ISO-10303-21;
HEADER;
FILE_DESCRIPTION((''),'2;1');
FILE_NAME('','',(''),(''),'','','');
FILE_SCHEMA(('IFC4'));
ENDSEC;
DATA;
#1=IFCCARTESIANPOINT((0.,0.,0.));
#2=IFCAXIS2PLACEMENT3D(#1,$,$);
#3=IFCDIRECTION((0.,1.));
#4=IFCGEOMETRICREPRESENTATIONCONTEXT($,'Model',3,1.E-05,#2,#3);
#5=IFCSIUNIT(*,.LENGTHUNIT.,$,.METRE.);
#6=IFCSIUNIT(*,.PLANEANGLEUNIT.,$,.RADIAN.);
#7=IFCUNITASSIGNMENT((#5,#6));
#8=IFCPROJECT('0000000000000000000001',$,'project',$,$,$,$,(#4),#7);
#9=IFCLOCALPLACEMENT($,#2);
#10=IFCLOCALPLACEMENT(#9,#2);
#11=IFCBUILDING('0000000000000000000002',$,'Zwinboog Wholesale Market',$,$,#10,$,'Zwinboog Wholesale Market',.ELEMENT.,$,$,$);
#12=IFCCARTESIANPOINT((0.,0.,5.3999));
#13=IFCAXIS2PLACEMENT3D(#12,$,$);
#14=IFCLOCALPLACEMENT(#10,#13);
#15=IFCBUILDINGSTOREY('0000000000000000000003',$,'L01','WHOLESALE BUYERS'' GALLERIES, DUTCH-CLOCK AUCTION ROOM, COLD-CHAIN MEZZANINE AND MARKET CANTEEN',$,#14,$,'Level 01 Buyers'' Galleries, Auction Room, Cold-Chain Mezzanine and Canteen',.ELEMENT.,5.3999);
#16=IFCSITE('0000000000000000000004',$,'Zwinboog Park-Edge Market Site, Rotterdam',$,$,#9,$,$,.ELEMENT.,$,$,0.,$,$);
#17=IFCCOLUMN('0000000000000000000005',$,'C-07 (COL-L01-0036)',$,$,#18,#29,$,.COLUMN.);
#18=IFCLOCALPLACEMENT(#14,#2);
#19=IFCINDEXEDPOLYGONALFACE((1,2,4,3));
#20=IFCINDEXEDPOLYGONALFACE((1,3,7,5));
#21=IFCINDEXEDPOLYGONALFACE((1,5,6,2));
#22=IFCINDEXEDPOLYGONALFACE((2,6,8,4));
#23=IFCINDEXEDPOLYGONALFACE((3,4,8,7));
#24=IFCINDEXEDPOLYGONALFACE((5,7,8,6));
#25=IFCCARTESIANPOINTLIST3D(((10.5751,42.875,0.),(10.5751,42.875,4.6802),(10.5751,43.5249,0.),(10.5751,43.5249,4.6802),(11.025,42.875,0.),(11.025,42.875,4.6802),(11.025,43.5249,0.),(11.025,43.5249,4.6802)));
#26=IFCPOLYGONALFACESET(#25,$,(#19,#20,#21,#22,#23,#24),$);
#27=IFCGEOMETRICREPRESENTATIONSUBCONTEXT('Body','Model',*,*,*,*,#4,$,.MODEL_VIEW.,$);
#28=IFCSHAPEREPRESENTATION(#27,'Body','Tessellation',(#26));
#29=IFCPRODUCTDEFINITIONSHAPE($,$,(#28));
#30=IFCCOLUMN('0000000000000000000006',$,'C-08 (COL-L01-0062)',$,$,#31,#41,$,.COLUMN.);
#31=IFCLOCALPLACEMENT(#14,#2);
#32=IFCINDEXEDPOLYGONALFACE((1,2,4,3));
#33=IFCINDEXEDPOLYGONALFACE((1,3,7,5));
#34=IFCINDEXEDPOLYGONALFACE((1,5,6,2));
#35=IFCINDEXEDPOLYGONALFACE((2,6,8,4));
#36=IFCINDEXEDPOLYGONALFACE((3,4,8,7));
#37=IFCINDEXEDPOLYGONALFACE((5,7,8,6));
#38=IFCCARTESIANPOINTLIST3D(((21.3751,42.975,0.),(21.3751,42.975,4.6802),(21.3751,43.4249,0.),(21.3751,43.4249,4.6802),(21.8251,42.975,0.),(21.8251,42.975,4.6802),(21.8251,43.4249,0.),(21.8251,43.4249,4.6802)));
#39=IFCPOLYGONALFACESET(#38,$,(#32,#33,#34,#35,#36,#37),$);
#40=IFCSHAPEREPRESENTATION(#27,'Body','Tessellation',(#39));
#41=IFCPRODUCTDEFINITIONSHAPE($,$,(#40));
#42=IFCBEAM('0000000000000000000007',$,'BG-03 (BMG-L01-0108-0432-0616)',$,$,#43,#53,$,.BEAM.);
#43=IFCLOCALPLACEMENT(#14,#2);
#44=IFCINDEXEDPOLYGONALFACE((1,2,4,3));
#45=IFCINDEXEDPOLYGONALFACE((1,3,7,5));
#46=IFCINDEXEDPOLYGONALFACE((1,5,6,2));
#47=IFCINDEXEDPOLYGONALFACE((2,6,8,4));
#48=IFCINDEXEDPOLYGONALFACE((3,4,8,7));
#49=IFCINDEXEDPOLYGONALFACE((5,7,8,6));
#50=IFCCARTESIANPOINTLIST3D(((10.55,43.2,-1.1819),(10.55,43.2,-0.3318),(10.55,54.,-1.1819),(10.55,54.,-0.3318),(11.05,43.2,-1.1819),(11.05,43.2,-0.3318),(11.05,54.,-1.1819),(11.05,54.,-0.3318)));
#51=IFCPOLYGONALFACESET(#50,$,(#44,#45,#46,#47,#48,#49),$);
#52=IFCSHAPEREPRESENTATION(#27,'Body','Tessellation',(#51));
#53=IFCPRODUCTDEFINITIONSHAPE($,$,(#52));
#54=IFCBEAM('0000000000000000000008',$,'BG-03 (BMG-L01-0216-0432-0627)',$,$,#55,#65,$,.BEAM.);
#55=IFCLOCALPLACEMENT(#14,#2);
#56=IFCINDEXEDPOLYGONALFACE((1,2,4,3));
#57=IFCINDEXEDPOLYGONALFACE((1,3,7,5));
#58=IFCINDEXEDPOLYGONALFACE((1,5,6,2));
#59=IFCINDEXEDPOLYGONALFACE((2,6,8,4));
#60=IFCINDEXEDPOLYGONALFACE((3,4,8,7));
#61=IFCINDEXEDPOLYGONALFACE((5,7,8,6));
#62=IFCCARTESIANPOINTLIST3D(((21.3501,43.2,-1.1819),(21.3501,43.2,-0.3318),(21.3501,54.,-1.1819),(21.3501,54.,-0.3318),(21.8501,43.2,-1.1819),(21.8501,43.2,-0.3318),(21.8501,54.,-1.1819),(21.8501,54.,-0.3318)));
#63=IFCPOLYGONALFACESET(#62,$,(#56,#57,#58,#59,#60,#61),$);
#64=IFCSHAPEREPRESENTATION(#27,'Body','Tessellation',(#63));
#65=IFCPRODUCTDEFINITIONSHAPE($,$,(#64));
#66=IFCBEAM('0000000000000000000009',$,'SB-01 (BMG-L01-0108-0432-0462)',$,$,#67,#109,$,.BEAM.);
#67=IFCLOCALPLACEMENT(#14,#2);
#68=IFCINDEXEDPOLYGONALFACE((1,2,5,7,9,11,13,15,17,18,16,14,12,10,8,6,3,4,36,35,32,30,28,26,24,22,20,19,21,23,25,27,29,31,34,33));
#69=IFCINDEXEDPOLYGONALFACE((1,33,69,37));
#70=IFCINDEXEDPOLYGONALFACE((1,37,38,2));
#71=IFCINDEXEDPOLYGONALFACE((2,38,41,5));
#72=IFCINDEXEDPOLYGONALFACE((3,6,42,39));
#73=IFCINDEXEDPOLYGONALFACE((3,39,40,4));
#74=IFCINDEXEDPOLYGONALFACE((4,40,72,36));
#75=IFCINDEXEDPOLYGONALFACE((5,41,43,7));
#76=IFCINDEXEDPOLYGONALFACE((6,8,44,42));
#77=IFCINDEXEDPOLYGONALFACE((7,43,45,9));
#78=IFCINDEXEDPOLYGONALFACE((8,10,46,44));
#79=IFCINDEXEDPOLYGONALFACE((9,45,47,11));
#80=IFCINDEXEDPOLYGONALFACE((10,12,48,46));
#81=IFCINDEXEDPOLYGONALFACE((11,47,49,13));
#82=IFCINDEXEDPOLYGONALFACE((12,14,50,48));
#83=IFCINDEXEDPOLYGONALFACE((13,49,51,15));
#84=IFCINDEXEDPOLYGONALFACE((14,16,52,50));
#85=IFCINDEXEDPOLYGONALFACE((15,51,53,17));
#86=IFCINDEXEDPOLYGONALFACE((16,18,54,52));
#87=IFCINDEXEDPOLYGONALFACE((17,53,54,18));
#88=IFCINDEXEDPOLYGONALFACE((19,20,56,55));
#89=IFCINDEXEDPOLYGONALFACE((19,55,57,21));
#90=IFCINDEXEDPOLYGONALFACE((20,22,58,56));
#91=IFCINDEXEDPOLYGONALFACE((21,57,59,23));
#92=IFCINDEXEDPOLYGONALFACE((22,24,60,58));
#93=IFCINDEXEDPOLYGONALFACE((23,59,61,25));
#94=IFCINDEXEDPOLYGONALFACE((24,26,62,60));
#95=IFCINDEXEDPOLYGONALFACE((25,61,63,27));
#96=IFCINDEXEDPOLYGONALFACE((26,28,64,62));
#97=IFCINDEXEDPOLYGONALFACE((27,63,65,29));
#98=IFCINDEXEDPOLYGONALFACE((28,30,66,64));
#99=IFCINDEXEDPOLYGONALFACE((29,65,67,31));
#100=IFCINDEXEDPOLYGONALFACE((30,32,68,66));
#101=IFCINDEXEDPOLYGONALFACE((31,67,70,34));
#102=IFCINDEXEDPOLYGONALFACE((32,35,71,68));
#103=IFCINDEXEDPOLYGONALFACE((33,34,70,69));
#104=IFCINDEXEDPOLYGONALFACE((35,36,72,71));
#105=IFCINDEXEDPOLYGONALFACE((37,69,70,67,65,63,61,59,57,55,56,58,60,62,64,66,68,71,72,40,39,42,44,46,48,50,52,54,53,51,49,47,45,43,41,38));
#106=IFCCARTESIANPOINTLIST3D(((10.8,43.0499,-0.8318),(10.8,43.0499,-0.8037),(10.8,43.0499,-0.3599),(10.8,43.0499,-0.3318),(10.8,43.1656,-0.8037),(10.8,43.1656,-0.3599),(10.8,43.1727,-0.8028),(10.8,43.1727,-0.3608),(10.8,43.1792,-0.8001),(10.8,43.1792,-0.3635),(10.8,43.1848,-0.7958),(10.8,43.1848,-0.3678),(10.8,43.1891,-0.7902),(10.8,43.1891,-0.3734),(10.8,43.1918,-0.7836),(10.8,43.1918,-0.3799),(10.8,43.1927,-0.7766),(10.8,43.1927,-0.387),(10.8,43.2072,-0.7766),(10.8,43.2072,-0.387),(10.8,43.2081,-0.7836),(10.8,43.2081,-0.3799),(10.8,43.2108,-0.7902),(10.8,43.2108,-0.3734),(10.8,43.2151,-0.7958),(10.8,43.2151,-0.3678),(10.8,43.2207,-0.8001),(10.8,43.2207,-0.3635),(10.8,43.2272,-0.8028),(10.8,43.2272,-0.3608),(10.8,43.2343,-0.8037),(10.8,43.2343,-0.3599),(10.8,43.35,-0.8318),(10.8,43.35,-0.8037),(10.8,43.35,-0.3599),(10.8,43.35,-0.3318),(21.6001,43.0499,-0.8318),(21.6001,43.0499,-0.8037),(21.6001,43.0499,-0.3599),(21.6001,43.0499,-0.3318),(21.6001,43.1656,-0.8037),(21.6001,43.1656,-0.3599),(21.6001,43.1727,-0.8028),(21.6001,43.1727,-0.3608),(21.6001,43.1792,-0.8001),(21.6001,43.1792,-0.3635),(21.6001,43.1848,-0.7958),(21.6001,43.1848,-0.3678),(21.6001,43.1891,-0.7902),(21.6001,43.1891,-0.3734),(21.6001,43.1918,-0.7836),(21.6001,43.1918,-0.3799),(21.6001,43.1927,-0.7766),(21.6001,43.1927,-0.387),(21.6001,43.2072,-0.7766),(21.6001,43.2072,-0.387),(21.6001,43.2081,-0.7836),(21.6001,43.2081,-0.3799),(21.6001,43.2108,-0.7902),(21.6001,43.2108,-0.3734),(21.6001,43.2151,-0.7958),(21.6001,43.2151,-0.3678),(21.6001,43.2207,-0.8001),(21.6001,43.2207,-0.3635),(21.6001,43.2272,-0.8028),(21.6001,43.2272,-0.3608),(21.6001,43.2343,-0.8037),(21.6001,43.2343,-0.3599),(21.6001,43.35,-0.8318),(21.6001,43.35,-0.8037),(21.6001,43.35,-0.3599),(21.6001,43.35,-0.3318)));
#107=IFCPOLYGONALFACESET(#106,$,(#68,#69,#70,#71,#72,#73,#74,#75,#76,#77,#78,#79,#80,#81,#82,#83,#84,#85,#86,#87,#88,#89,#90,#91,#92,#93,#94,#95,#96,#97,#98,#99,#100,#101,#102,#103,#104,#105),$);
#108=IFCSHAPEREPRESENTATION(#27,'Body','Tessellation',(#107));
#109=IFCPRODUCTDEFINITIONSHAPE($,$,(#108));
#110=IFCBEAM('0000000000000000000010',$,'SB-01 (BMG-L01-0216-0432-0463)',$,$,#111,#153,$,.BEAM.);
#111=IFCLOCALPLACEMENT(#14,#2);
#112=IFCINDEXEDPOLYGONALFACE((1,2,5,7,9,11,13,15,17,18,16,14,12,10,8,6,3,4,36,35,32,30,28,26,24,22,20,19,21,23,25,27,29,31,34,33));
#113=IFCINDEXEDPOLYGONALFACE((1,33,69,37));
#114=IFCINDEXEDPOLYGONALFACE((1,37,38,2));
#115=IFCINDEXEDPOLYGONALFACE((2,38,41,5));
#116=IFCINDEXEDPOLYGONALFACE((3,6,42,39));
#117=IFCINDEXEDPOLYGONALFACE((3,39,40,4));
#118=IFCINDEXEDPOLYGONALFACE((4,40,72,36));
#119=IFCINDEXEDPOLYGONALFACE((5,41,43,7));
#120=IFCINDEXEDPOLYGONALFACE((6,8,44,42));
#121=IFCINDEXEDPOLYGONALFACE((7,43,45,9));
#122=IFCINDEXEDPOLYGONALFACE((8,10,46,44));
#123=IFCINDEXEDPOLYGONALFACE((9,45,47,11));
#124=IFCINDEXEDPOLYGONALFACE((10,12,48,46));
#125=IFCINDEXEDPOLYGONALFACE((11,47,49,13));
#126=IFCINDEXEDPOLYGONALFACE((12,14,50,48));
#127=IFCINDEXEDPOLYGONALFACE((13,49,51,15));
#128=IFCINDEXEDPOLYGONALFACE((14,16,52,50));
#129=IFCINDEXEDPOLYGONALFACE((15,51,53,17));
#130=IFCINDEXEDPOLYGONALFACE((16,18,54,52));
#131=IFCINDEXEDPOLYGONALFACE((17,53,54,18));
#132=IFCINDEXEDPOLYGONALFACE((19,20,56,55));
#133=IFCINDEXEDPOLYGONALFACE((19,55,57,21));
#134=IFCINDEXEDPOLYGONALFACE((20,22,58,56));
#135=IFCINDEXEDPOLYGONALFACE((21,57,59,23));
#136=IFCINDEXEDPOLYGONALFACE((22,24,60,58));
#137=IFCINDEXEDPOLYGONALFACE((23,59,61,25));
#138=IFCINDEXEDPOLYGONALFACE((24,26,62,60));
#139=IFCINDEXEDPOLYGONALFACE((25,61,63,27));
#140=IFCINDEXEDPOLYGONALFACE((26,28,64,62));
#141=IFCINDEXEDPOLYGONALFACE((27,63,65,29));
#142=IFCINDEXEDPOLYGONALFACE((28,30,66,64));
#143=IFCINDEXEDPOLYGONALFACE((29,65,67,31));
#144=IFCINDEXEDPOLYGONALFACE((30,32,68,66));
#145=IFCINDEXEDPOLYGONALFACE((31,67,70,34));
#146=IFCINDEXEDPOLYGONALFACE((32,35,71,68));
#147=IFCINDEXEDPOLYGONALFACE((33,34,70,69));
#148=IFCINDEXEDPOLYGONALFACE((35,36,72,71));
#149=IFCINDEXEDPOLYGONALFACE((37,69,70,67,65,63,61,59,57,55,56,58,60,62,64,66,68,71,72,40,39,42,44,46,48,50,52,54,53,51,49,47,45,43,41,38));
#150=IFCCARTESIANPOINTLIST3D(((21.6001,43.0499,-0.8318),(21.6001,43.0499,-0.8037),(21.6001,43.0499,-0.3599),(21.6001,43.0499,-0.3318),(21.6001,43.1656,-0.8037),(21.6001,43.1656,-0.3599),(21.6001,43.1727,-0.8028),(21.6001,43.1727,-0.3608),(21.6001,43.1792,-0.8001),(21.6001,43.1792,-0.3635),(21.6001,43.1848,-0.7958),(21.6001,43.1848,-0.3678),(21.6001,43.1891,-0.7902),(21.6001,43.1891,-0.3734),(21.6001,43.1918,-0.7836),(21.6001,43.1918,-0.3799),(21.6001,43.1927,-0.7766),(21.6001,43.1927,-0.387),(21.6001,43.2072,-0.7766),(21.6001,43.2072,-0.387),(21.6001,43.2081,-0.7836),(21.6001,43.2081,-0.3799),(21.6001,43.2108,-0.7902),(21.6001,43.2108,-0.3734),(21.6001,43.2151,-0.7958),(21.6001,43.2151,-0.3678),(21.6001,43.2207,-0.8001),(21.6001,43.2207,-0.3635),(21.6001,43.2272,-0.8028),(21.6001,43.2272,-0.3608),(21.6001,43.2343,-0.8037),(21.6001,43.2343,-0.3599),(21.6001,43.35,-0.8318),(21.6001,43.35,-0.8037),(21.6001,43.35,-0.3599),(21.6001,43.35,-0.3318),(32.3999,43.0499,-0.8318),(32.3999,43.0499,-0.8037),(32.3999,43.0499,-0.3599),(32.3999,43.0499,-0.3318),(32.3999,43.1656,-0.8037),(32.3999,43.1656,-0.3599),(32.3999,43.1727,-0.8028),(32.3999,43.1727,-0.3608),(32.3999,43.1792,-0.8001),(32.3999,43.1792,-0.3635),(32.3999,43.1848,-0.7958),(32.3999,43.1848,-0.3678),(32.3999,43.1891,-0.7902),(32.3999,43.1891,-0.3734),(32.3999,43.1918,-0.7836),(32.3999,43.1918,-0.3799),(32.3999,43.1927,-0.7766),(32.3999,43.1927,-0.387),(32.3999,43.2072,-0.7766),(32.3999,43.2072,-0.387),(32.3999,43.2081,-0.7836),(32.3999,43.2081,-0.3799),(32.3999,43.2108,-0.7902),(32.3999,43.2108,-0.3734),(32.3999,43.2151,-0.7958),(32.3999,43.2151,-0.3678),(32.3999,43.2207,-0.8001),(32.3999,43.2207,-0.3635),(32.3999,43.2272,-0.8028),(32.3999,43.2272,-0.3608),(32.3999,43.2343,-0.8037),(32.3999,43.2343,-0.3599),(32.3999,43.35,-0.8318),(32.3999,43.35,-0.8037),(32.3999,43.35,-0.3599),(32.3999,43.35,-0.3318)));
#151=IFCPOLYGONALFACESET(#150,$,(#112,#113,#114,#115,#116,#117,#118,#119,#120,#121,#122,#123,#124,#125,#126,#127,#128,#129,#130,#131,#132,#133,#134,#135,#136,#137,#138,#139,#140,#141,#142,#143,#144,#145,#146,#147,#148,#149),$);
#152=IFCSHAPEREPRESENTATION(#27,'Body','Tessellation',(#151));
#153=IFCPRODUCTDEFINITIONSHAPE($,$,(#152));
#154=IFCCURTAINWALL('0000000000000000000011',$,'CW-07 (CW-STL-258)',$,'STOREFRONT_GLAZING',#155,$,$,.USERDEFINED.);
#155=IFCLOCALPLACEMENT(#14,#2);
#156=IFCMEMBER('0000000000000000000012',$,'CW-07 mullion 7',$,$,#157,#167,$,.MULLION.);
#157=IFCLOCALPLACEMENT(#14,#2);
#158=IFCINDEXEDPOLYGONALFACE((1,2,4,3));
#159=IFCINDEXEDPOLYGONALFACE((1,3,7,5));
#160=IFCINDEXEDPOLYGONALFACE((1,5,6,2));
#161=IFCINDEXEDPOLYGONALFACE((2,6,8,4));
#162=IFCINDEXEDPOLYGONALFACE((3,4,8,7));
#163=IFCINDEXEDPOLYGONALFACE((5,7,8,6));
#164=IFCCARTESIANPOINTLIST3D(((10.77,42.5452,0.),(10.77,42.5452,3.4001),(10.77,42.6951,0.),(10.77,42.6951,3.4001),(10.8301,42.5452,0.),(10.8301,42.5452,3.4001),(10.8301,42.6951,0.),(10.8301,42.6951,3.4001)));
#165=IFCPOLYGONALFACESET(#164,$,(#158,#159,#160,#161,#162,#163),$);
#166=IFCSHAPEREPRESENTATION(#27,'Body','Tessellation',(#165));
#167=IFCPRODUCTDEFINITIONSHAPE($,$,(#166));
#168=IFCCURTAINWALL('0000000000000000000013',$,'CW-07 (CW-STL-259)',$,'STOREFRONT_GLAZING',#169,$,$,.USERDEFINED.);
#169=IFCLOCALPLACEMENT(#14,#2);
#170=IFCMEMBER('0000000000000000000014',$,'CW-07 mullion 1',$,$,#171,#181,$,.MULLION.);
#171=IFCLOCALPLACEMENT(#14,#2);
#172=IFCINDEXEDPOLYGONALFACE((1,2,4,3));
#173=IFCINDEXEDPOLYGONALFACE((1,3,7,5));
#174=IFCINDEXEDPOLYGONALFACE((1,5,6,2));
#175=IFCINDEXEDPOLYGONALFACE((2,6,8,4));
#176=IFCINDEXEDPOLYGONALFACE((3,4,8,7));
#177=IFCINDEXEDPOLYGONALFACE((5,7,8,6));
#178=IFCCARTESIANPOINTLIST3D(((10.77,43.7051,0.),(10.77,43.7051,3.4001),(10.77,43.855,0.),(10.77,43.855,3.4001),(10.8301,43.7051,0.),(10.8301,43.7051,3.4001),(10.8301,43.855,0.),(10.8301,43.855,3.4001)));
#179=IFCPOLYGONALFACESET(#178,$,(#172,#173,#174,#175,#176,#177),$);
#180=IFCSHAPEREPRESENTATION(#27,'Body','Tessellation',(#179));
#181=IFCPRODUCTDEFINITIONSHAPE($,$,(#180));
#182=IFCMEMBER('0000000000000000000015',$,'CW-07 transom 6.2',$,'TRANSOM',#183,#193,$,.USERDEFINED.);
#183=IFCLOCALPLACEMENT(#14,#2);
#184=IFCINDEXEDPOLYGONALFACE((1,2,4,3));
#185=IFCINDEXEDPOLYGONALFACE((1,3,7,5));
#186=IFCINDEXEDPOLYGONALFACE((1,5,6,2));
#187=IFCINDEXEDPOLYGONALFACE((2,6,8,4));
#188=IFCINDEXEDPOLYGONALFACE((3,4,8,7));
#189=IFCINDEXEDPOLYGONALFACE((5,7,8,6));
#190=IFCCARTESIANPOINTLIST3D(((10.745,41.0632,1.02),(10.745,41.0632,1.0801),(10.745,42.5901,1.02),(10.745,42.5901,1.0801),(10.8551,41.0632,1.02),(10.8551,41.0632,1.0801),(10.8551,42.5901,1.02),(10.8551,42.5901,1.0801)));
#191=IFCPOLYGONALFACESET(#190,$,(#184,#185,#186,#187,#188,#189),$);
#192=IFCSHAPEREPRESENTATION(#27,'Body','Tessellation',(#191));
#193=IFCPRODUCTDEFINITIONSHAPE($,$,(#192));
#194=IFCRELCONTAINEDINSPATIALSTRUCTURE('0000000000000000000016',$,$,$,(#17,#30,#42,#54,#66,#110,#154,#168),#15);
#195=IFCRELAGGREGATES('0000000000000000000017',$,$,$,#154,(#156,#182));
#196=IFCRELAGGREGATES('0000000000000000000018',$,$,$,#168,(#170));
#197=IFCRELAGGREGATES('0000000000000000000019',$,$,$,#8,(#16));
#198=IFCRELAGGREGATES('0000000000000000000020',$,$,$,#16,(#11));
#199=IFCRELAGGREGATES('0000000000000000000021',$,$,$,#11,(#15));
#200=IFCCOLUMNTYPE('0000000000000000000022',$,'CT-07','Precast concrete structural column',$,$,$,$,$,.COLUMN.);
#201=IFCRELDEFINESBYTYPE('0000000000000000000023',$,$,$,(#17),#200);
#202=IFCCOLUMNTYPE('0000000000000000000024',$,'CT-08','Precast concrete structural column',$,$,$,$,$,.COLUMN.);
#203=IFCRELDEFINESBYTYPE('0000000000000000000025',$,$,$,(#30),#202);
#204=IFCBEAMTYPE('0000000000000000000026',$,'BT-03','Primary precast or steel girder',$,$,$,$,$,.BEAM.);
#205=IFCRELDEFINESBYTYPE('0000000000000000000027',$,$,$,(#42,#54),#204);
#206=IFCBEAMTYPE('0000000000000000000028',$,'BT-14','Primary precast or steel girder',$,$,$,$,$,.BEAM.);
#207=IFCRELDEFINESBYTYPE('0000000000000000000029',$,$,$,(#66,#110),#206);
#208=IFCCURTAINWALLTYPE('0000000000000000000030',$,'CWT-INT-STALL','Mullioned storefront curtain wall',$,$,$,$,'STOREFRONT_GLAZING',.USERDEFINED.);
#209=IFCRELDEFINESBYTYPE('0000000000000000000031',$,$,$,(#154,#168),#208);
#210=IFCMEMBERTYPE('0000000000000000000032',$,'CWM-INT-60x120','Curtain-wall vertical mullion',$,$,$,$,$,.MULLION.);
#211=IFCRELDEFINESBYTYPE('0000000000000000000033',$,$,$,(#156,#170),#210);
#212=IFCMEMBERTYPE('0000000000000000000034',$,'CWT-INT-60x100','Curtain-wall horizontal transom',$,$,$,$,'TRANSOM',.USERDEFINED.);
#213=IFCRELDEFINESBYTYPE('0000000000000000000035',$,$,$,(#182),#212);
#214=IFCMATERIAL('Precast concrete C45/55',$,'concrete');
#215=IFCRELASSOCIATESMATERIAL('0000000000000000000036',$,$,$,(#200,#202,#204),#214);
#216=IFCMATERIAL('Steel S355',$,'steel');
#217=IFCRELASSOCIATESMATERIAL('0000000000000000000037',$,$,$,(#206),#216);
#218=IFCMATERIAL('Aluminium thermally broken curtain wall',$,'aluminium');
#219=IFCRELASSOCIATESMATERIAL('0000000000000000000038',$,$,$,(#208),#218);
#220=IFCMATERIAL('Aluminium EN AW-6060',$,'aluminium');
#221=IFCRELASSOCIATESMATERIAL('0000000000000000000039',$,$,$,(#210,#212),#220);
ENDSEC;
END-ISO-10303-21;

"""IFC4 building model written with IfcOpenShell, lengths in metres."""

from ifc_helpers import new_model, si_unit, direction, frame, origin, origin_2d, place, context, subcontext, project, spatial, rectangle, i_section, extrude, material, material_profile, profile_set, type_object, element, aggregate, save


model = new_model("IFC4")

# Units and contexts
model_context = context("Model", 3, precision=1e-05, world=origin(), true_north=direction((0.0, 1.0)))
body_context = subcontext(model_context, "Body", "Model", "MODEL_VIEW")
ifc_project = project(units=[si_unit("LENGTHUNIT", "METRE"), si_unit("PLANEANGLEUNIT", "RADIAN")], contexts=[model_context])

# Site, building, storey
site_placement = place(None, origin())
site = spatial("IfcSite", under=ifc_project, at=site_placement, Name="Zwinboog Park-Edge Market Site, Rotterdam", CompositionType="ELEMENT", RefElevation=0.0)
building_placement = place(site_placement, origin())
building = spatial("IfcBuilding", under=site, at=building_placement, Name="Zwinboog Wholesale Market", LongName="Zwinboog Wholesale Market", CompositionType="ELEMENT")
storey_placement = place(building_placement, frame((0.0, 0.0, 5.3999)))
storey = spatial("IfcBuildingStorey", under=building, at=storey_placement, Name="L01", Description="WHOLESALE BUYERS' GALLERIES, DUTCH-CLOCK AUCTION ROOM, COLD-CHAIN MEZZANINE AND MARKET CANTEEN", LongName="Level 01 Buyers' Galleries, Auction Room, Cold-Chain Mezzanine and Canteen", CompositionType="ELEMENT", Elevation=5.3999)

# Columns
ifc_material_1 = material(Name="Precast concrete C45/55", Category="concrete")
ifc_material_profile_1 = material_profile(ifc_material_1, rectangle(XDim=0.45, YDim=0.6499, at=origin_2d()), Name="PC 450x650")
ifc_profile_set_1 = profile_set([ifc_material_profile_1], Name="Precast concrete C45/55")
column_type_1 = type_object("IfcColumnType", Name="CT-07", Description="Precast concrete structural column", PredefinedType="COLUMN", material=ifc_profile_set_1)
column_1_placement = place(storey_placement, frame((10.8, 43.2, 0.0), z_axis=(0.0, 0.0, 1.0), x_axis=(1.0, 0.0, 0.0)))
element("IfcColumn", 1, at=column_1_placement, inside=storey, type_object=column_type_1, Name="C-07 (COL-L01-0036)", PredefinedType="COLUMN", context=body_context, shape_type="SweptSolid", body=[
    extrude(rectangle(XDim=0.45, YDim=0.6499, at=origin_2d()), origin(), (0.0, 0.0, 1.0), 4.6802),
])
ifc_material_profile_2 = material_profile(ifc_material_1, rectangle(XDim=0.45, YDim=0.45, at=origin_2d()), Name="PC 450x450")
ifc_profile_set_2 = profile_set([ifc_material_profile_2], Name="Precast concrete C45/55")
column_type_2 = type_object("IfcColumnType", Name="CT-08", Description="Precast concrete structural column", PredefinedType="COLUMN", material=ifc_profile_set_2)
column_2_placement = place(storey_placement, frame((21.6001, 43.2, 0.0), z_axis=(0.0, 0.0, 1.0), x_axis=(1.0, 0.0, 0.0)))
element("IfcColumn", 2, at=column_2_placement, inside=storey, type_object=column_type_2, Name="C-08 (COL-L01-0062)", PredefinedType="COLUMN", context=body_context, shape_type="SweptSolid", body=[
    extrude(rectangle(XDim=0.45, YDim=0.45, at=origin_2d()), origin(), (0.0, 0.0, 1.0), 4.6802),
])

# Beams
ifc_material_profile_3 = material_profile(ifc_material_1, rectangle(XDim=0.5, YDim=0.8501, at=origin_2d()), Name="PC 500x850")
ifc_profile_set_3 = profile_set([ifc_material_profile_3], Name="Precast concrete C45/55")
beam_type_1 = type_object("IfcBeamType", Name="BT-03", Description="Primary precast or steel girder", PredefinedType="BEAM", material=ifc_profile_set_3)
for number, where, z_axis, x_axis, name in (
    (3, (10.8, 43.2, -0.7568), (0.0, 1.0, 0.0), (-1.0, 0.0, 0.0), "BG-03 (BMG-L01-0108-0432-0616)"),
    (4, (21.6001, 43.2, -0.7568), (0.0, 1.0, 0.0), (-1.0, 0.0, 0.0), "BG-03 (BMG-L01-0216-0432-0627)"),
):
    element("IfcBeam", number, at=place(storey_placement, frame(where, z_axis=z_axis, x_axis=x_axis)), inside=storey, type_object=beam_type_1, Name=name, PredefinedType="BEAM", context=body_context, shape_type="SweptSolid", body=[
        extrude(rectangle(XDim=0.5, YDim=0.8501, at=origin_2d()), origin(), (0.0, 0.0, 1.0), 10.8),
    ])
ifc_material_2 = material(Name="Steel S355", Category="steel")
ifc_material_profile_4 = material_profile(ifc_material_2, i_section(OverallWidth=0.3, OverallDepth=0.5, WebThickness=0.0144, FlangeThickness=0.0281, FilletRadius=0.0271, at=origin_2d()), Name="HEB 500")
ifc_profile_set_4 = profile_set([ifc_material_profile_4], Name="Steel S355")
beam_type_2 = type_object("IfcBeamType", Name="BT-14", Description="Primary precast or steel girder", PredefinedType="BEAM", material=ifc_profile_set_4)
beam_1_placement = place(storey_placement, frame((10.8, 43.2, -0.5818), z_axis=(1.0, 0.0, 0.0), x_axis=(0.0, 1.0, 0.0)))
element("IfcBeam", 5, at=beam_1_placement, inside=storey, type_object=beam_type_2, Name="SB-01 (BMG-L01-0108-0432-0462)", PredefinedType="BEAM", context=body_context, shape_type="SweptSolid", body=[
    extrude(i_section(OverallWidth=0.3, OverallDepth=0.5, WebThickness=0.0144, FlangeThickness=0.0281, FilletRadius=0.0271, at=origin_2d()), origin(), (0.0, 0.0, 1.0), 10.8),
])
beam_2_placement = place(storey_placement, frame((21.6001, 43.2, -0.5818), z_axis=(1.0, 0.0, 0.0), x_axis=(0.0, 1.0, 0.0)))
element("IfcBeam", 6, at=beam_2_placement, inside=storey, type_object=beam_type_2, Name="SB-01 (BMG-L01-0216-0432-0463)", PredefinedType="BEAM", context=body_context, shape_type="SweptSolid", body=[
    extrude(i_section(OverallWidth=0.3, OverallDepth=0.5, WebThickness=0.0144, FlangeThickness=0.0281, FilletRadius=0.0271, at=origin_2d()), origin(), (0.0, 0.0, 1.0), 10.7998),
])

# Curtain walls, members
ifc_material_3 = material(Name="Aluminium thermally broken curtain wall", Category="aluminium")
curtain_wall_type = type_object("IfcCurtainWallType", Name="CWT-INT-STALL", Description="Mullioned storefront curtain wall", ElementType="STOREFRONT_GLAZING", PredefinedType="USERDEFINED", material=ifc_material_3)
curtain_wall_1_placement = place(storey_placement, origin())
curtain_wall_1 = element("IfcCurtainWall", 7, at=curtain_wall_1_placement, inside=storey, type_object=curtain_wall_type, Name="CW-07 (CW-STL-258)", ObjectType="STOREFRONT_GLAZING", PredefinedType="USERDEFINED")
ifc_material_4 = material(Name="Aluminium EN AW-6060", Category="aluminium")
ifc_material_profile_5 = material_profile(ifc_material_4, rectangle(XDim=0.0601, YDim=0.1499, at=origin_2d()), Name="AL 60x150")
ifc_profile_set_5 = profile_set([ifc_material_profile_5], Name="Aluminium EN AW-6060")
member_type_1 = type_object("IfcMemberType", Name="CWM-INT-60x120", Description="Curtain-wall vertical mullion", PredefinedType="MULLION", material=ifc_profile_set_5)
member_1_placement = place(storey_placement, frame((10.8, 42.6201, 0.0), z_axis=(0.0, 0.0, 1.0), x_axis=(-1.0, 0.0, 0.0)))
member_1 = element("IfcMember", 8, at=member_1_placement, type_object=member_type_1, Name="CW-07 mullion 7", PredefinedType="MULLION", context=body_context, shape_type="SweptSolid", body=[
    extrude(rectangle(XDim=0.0601, YDim=0.1499, at=origin_2d()), origin(), (0.0, 0.0, 1.0), 3.4001),
])
curtain_wall_2_placement = place(storey_placement, origin())
curtain_wall_2 = element("IfcCurtainWall", 9, at=curtain_wall_2_placement, inside=storey, type_object=curtain_wall_type, Name="CW-07 (CW-STL-259)", ObjectType="STOREFRONT_GLAZING", PredefinedType="USERDEFINED")
member_2_placement = place(storey_placement, frame((10.8, 43.78, 0.0), z_axis=(0.0, 0.0, 1.0), x_axis=(-1.0, 0.0, 0.0)))
member_2 = element("IfcMember", 10, at=member_2_placement, type_object=member_type_1, Name="CW-07 mullion 1", PredefinedType="MULLION", context=body_context, shape_type="SweptSolid", body=[
    extrude(rectangle(XDim=0.0601, YDim=0.1499, at=origin_2d()), origin(), (0.0, 0.0, 1.0), 3.4001),
])

# Member
ifc_material_profile_6 = material_profile(ifc_material_4, rectangle(XDim=0.1101, YDim=0.0601, at=origin_2d()), Name="AL 60x110")
ifc_profile_set_6 = profile_set([ifc_material_profile_6], Name="Aluminium EN AW-6060")
member_type_2 = type_object("IfcMemberType", Name="CWT-INT-60x100", Description="Curtain-wall horizontal transom", ElementType="TRANSOM", PredefinedType="USERDEFINED", material=ifc_profile_set_6)
member_3_placement = place(storey_placement, frame((10.8, 41.0632, 1.05), z_axis=(0.0, 1.0, 0.0), x_axis=(-1.0, 0.0, 0.0)))
member_3 = element("IfcMember", 11, at=member_3_placement, type_object=member_type_2, Name="CW-07 transom 6.2", ObjectType="TRANSOM", PredefinedType="USERDEFINED", context=body_context, shape_type="SweptSolid", body=[
    extrude(rectangle(XDim=0.1101, YDim=0.0601, at=origin_2d()), origin(), (0.0, 0.0, 1.0), 1.5269),
])

aggregate(curtain_wall_1, [member_1, member_3])
aggregate(curtain_wall_2, [member_2])

save(model, "model.ifc")
